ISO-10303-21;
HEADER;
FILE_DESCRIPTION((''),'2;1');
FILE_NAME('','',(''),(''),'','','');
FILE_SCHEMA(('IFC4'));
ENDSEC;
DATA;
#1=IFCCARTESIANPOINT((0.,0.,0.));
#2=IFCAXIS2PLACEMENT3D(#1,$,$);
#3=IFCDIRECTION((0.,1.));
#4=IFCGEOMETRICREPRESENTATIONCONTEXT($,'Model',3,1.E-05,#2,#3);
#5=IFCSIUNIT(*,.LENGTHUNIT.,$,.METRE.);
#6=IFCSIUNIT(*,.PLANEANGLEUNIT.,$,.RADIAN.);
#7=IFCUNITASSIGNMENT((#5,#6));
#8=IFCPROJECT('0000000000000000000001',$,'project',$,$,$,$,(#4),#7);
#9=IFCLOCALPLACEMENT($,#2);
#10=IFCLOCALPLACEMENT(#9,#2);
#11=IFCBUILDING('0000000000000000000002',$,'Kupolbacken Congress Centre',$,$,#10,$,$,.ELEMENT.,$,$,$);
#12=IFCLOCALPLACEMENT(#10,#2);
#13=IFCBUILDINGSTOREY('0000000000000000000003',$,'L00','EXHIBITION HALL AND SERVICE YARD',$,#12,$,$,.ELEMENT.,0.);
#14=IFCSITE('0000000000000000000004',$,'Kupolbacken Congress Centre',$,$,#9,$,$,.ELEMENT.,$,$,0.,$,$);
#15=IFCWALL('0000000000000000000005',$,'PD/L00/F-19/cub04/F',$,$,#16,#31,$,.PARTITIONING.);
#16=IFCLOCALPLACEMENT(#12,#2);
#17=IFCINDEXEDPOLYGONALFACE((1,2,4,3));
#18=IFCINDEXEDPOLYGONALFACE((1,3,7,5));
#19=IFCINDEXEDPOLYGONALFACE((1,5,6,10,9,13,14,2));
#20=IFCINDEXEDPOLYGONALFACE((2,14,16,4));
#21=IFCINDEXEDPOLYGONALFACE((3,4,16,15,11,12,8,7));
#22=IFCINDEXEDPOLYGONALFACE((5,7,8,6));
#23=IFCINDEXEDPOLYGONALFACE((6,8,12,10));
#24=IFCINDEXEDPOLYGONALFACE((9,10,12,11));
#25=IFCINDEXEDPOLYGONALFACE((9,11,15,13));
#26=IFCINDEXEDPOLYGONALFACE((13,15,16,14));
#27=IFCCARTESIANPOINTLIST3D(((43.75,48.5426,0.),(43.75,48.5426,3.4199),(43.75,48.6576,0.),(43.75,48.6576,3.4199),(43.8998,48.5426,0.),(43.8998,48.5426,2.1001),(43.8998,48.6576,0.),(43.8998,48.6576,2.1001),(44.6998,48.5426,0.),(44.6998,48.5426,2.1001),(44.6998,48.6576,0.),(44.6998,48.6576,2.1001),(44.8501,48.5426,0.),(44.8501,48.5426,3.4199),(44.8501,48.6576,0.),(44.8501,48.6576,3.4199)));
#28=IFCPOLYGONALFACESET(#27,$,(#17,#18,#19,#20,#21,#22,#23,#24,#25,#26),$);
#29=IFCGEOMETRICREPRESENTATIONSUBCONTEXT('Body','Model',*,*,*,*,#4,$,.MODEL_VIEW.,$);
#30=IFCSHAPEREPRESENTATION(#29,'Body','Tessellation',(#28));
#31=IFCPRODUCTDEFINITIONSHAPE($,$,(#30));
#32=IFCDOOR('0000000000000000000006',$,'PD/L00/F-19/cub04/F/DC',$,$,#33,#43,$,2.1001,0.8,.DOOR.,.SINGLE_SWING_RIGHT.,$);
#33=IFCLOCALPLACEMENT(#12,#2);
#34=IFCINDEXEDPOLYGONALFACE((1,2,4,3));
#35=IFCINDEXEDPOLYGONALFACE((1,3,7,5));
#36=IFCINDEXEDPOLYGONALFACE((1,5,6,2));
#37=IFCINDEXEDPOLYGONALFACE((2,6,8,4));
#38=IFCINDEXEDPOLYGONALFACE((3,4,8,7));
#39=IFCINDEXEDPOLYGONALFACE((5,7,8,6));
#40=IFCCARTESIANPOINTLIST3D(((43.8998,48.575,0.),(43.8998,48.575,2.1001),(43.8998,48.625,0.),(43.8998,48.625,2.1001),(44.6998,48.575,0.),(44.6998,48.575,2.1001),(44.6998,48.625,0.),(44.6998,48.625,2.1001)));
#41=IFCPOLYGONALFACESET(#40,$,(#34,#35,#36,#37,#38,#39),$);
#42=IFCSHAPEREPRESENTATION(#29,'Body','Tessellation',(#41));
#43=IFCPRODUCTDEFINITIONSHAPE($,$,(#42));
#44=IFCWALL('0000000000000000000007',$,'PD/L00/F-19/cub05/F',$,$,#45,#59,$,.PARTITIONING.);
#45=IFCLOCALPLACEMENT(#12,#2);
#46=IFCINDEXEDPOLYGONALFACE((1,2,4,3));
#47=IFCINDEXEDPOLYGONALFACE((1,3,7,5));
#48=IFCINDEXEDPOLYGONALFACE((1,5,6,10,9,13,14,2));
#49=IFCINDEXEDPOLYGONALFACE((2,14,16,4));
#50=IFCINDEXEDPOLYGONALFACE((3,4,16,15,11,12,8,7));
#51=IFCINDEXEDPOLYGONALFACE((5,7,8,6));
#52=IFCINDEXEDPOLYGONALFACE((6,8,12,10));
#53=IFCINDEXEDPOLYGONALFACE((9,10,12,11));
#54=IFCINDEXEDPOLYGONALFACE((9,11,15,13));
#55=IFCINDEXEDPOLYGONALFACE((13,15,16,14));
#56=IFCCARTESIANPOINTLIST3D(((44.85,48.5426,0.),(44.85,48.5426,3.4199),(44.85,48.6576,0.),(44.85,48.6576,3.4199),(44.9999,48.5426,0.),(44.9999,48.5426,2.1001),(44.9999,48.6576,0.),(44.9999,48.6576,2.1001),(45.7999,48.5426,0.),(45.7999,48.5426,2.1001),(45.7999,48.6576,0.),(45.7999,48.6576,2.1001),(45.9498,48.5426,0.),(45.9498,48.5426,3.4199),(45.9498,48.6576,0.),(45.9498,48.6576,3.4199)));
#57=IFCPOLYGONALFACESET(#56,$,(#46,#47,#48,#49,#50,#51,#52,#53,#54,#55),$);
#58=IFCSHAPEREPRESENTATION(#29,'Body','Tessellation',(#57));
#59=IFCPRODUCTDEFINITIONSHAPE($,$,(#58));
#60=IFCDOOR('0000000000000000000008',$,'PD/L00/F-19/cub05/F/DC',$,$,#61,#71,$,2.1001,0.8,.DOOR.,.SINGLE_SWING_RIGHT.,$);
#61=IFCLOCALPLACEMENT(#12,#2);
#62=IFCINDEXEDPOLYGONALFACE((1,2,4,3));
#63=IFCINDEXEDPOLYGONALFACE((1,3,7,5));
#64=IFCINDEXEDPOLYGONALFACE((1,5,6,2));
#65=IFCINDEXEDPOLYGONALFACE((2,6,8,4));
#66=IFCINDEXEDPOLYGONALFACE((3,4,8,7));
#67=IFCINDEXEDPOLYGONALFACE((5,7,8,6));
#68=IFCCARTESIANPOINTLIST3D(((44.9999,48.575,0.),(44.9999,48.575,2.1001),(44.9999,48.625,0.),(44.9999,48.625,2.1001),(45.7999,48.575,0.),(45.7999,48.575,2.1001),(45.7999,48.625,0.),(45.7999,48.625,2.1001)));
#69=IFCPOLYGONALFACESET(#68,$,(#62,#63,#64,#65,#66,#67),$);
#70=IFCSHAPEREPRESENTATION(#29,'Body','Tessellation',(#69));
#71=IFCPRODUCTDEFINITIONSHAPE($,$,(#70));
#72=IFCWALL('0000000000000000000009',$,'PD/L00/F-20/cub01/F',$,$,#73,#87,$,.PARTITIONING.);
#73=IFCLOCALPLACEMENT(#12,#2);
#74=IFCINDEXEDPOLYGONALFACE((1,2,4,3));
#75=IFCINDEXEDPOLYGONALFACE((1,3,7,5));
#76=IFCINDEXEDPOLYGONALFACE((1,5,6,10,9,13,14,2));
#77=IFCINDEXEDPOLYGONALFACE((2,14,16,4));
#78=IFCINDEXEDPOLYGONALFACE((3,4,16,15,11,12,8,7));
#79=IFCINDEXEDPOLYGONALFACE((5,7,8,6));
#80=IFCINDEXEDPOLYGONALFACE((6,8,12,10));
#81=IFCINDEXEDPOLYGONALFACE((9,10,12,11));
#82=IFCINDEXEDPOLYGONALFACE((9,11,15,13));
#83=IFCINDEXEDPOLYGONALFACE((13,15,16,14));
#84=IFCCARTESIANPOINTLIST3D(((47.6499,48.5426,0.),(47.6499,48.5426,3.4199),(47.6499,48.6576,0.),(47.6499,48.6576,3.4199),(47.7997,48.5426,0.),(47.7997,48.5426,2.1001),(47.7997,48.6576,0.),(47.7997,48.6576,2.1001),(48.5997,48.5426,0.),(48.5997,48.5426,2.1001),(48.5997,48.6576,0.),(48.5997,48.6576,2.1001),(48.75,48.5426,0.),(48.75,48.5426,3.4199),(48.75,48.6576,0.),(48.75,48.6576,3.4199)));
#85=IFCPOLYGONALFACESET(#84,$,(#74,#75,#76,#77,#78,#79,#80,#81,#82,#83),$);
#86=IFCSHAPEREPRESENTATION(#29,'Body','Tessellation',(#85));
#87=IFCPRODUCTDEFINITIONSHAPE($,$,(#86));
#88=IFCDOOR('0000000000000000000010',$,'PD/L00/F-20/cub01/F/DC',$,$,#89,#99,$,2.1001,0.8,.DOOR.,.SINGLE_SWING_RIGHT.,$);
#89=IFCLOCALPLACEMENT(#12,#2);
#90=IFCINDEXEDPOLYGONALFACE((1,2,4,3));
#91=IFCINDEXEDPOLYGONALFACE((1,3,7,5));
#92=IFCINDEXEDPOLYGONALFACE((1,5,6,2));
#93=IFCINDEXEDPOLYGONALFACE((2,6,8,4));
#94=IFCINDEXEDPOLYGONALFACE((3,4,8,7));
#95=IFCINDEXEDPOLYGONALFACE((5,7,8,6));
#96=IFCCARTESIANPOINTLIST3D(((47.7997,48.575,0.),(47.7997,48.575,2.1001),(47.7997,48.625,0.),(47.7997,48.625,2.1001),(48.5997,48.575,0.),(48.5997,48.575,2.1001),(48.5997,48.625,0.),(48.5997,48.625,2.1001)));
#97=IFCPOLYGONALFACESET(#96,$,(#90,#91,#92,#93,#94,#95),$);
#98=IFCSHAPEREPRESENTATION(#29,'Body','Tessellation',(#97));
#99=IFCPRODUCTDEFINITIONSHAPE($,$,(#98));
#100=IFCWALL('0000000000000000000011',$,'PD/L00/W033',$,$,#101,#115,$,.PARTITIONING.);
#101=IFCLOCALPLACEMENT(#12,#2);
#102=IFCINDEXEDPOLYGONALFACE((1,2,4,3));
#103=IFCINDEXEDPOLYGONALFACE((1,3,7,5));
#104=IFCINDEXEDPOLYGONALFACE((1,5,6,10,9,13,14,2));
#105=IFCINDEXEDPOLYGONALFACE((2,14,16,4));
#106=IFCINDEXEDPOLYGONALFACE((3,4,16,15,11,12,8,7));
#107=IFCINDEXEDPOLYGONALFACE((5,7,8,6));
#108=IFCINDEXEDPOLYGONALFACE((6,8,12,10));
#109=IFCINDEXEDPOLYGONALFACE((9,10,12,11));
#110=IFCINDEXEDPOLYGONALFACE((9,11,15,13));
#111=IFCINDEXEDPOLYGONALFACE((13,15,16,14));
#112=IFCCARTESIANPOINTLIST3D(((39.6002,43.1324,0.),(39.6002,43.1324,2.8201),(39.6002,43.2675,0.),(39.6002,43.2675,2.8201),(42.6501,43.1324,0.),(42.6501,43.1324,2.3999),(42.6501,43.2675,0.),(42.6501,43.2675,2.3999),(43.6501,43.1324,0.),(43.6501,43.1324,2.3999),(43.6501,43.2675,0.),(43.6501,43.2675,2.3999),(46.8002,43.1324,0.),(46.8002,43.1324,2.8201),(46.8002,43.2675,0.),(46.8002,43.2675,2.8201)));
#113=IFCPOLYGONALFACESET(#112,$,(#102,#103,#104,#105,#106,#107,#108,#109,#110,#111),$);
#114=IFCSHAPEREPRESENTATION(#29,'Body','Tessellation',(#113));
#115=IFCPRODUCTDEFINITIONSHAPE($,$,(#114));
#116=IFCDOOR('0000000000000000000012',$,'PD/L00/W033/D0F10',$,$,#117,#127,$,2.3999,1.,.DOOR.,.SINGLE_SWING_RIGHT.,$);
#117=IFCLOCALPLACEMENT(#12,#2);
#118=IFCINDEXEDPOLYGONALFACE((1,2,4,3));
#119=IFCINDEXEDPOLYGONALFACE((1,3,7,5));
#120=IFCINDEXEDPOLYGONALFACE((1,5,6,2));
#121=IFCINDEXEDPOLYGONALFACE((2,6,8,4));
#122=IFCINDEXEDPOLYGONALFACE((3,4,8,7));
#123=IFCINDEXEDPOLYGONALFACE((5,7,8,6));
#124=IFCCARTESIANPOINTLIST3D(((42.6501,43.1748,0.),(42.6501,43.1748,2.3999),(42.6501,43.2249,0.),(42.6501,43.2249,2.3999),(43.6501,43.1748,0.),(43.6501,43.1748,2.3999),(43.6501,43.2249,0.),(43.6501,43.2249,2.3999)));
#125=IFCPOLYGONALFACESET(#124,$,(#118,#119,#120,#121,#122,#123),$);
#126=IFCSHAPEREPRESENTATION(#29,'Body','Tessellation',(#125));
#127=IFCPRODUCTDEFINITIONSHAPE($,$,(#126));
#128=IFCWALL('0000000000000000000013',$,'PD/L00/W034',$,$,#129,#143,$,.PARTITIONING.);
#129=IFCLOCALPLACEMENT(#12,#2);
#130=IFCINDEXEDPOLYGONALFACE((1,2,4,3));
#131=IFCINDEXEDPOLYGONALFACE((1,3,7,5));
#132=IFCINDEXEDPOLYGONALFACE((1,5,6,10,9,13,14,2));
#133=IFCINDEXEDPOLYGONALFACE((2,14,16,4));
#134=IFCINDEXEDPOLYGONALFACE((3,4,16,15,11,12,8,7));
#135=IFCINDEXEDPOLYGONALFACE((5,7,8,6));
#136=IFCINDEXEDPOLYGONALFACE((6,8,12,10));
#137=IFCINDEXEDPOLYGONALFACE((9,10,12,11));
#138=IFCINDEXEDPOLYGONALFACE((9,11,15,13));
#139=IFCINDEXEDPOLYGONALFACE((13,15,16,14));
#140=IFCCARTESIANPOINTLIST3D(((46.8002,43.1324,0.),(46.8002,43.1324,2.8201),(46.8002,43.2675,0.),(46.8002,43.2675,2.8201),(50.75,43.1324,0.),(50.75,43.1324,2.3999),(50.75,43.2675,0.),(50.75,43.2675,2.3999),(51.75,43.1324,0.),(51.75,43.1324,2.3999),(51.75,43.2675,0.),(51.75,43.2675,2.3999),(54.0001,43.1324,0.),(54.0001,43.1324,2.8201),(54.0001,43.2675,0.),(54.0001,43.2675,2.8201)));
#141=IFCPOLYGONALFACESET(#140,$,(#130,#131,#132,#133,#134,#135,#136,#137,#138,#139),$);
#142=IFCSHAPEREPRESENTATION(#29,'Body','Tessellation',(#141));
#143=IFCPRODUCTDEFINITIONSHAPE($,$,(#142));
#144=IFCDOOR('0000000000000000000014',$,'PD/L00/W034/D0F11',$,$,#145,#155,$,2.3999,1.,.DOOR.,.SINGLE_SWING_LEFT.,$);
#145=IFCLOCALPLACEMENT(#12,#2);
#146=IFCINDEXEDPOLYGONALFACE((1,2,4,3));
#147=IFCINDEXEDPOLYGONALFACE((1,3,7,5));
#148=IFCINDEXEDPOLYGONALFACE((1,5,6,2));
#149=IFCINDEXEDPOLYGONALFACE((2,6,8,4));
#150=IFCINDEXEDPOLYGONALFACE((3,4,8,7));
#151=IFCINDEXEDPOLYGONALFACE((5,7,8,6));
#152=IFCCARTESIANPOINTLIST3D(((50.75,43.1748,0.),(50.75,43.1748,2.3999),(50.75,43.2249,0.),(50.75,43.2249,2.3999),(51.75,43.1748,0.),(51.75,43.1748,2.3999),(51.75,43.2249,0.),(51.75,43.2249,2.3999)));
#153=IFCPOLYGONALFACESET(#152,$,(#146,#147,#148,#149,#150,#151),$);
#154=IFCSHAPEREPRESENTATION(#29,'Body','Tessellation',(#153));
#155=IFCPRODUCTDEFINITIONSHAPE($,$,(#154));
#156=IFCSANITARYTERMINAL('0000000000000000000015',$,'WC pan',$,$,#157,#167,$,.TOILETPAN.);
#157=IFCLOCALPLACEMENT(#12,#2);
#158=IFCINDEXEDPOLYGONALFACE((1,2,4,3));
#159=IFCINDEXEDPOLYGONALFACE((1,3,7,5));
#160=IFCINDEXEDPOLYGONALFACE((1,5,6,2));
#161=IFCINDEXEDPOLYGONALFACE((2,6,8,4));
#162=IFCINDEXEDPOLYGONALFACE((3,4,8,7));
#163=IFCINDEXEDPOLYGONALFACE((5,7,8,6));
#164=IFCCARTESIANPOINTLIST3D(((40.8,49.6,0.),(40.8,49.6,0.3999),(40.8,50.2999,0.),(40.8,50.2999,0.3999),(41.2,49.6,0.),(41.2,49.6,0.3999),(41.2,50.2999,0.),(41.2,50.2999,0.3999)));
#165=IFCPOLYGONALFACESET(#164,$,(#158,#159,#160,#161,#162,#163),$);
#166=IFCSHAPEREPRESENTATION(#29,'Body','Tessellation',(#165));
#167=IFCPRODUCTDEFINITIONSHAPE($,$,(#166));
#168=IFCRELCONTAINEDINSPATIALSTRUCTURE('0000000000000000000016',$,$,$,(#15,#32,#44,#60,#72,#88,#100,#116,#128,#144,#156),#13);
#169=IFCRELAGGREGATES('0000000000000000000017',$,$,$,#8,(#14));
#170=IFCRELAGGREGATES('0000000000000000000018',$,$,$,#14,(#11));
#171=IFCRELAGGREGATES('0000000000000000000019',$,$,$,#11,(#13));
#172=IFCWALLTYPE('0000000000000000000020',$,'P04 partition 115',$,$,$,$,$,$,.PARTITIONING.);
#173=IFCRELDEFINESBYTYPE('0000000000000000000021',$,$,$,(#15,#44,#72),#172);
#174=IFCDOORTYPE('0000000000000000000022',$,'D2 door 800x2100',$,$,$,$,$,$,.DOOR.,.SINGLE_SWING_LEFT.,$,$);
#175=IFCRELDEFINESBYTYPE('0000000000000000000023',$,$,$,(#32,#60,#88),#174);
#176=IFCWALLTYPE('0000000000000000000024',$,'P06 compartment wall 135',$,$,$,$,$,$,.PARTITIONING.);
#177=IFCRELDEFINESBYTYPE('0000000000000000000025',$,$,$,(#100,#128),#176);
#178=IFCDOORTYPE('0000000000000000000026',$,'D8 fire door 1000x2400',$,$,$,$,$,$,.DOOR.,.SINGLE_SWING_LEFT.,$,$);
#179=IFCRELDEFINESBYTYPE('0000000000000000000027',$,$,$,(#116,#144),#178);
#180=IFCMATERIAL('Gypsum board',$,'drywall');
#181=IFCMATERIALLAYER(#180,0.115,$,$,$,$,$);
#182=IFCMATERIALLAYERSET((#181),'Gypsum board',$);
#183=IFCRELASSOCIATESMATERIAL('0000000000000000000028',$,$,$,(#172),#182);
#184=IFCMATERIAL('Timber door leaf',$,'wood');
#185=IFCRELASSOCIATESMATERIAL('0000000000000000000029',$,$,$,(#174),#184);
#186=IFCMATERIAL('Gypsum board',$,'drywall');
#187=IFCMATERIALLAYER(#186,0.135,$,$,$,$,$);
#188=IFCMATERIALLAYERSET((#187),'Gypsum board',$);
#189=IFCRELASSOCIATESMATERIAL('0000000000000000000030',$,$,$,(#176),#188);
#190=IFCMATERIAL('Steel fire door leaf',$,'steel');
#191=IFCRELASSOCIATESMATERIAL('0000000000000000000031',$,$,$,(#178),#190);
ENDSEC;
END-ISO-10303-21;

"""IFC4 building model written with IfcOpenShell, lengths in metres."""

from ifc_helpers import new_model, si_unit, direction, frame, frame_2d, origin, origin_2d, place, context, subcontext, project, spatial, rectangle, extrude, material, layer, layer_set, type_object, element, fill, save


model = new_model("IFC4")

# Units and contexts
model_context = context("Model", 3, precision=1e-05, world=origin(), true_north=direction((0.0, 1.0)))
body_context = subcontext(model_context, "Body", "Model", "MODEL_VIEW")
ifc_project = project(units=[si_unit("LENGTHUNIT", "METRE"), si_unit("PLANEANGLEUNIT", "RADIAN")], contexts=[model_context])

# Site, building, storey
site_placement = place(None, origin())
site = spatial("IfcSite", under=ifc_project, at=site_placement, Name="Kupolbacken Congress Centre", CompositionType="ELEMENT", RefElevation=0.0)
building_placement = place(site_placement, origin())
building = spatial("IfcBuilding", under=site, at=building_placement, Name="Kupolbacken Congress Centre", CompositionType="ELEMENT")
storey_placement = place(building_placement, origin())
storey = spatial("IfcBuildingStorey", under=building, at=storey_placement, Name="L00", Description="EXHIBITION HALL AND SERVICE YARD", CompositionType="ELEMENT", Elevation=0.0)

# Walls, openings, doors
ifc_material_1 = material(Name="Gypsum board", Category="drywall")
ifc_layer_1 = layer(ifc_material_1, 0.115)
ifc_layer_set_1 = layer_set([ifc_layer_1], Name="Gypsum board")
wall_type_1 = type_object("IfcWallType", Name="P04 partition 115", PredefinedType="PARTITIONING", material=ifc_layer_set_1)
ifc_material_2 = material(Name="Timber door leaf", Category="wood")
door_type_1 = type_object("IfcDoorType", Name="D2 door 800x2100", OperationType="SINGLE_SWING_LEFT", PredefinedType="DOOR", material=ifc_material_2)
wall_1_placement = place(storey_placement, frame((43.75, 48.6001, 0.0), z_axis=(0.0, 0.0, 1.0), x_axis=(1.0, 0.0, 0.0)))
wall_1 = element("IfcWall", 1, at=wall_1_placement, inside=storey, type_object=wall_type_1, Name="PD/L00/F-19/cub04/F", PredefinedType="PARTITIONING", context=body_context, shape_type="SweptSolid", body=[
    extrude(rectangle(XDim=1.1001, YDim=0.115, at=frame_2d((0.55, 0.0))), origin(), (0.0, 0.0, 1.0), 3.4199),
])
opening_1_placement = place(wall_1_placement, frame((0.1499, 0.0, 0.0)))
opening_1 = element("IfcOpeningElement", 2, at=opening_1_placement, cuts=wall_1, PredefinedType="OPENING", context=body_context, shape_type="SweptSolid", body=[
    extrude(rectangle(XDim=0.8, YDim=2.1001, at=frame_2d((0.3999, 1.05))), frame((0.0, 0.0674, 0.0), z_axis=(0.0, -1.0, 0.0), x_axis=(1.0, 0.0, 0.0)), (0.0, 0.0, 1.0), 0.135),
])
door_1_placement = place(opening_1_placement, origin())
door_1 = element("IfcDoor", 3, at=door_1_placement, inside=storey, type_object=door_type_1, Name="PD/L00/F-19/cub04/F/DC", OperationType="SINGLE_SWING_RIGHT", OverallHeight=2.1001, OverallWidth=0.8, PredefinedType="DOOR", context=body_context, shape_type="SweptSolid", body=[
    extrude(rectangle(XDim=0.8, YDim=2.1001, at=frame_2d((0.3999, 1.05))), frame((0.0, 0.0249, 0.0), z_axis=(0.0, -1.0, 0.0), x_axis=(1.0, 0.0, 0.0)), (0.0, 0.0, 1.0), 0.05),
])
fill(opening_1, door_1)
wall_2_placement = place(storey_placement, frame((44.8501, 48.6001, 0.0), z_axis=(0.0, 0.0, 1.0), x_axis=(1.0, 0.0, 0.0)))
wall_2 = element("IfcWall", 4, at=wall_2_placement, inside=storey, type_object=wall_type_1, Name="PD/L00/F-19/cub05/F", PredefinedType="PARTITIONING", context=body_context, shape_type="SweptSolid", body=[
    extrude(rectangle(XDim=1.0999, YDim=0.115, at=frame_2d((0.5498, 0.0))), origin(), (0.0, 0.0, 1.0), 3.4199),
])
opening_2_placement = place(wall_2_placement, frame((0.1499, 0.0, 0.0)))
opening_2 = element("IfcOpeningElement", 5, at=opening_2_placement, cuts=wall_2, PredefinedType="OPENING", context=body_context, shape_type="SweptSolid", body=[
    extrude(rectangle(XDim=0.8, YDim=2.1001, at=frame_2d((0.3999, 1.05))), frame((0.0, 0.0674, 0.0), z_axis=(0.0, -1.0, 0.0), x_axis=(1.0, 0.0, 0.0)), (0.0, 0.0, 1.0), 0.135),
])
door_2_placement = place(opening_2_placement, origin())
door_2 = element("IfcDoor", 6, at=door_2_placement, inside=storey, type_object=door_type_1, Name="PD/L00/F-19/cub05/F/DC", OperationType="SINGLE_SWING_RIGHT", OverallHeight=2.1001, OverallWidth=0.8, PredefinedType="DOOR", context=body_context, shape_type="SweptSolid", body=[
    extrude(rectangle(XDim=0.8, YDim=2.1001, at=frame_2d((0.3999, 1.05))), frame((0.0, 0.0249, 0.0), z_axis=(0.0, -1.0, 0.0), x_axis=(1.0, 0.0, 0.0)), (0.0, 0.0, 1.0), 0.05),
])
fill(opening_2, door_2)
wall_3_placement = place(storey_placement, frame((47.6499, 48.6001, 0.0), z_axis=(0.0, 0.0, 1.0), x_axis=(1.0, 0.0, 0.0)))
wall_3 = element("IfcWall", 7, at=wall_3_placement, inside=storey, type_object=wall_type_1, Name="PD/L00/F-20/cub01/F", PredefinedType="PARTITIONING", context=body_context, shape_type="SweptSolid", body=[
    extrude(rectangle(XDim=1.1001, YDim=0.115, at=frame_2d((0.55, 0.0))), origin(), (0.0, 0.0, 1.0), 3.4199),
])
opening_3_placement = place(wall_3_placement, frame((0.1499, 0.0, 0.0)))
opening_3 = element("IfcOpeningElement", 8, at=opening_3_placement, cuts=wall_3, PredefinedType="OPENING", context=body_context, shape_type="SweptSolid", body=[
    extrude(rectangle(XDim=0.8, YDim=2.1001, at=frame_2d((0.3999, 1.05))), frame((0.0, 0.0674, 0.0), z_axis=(0.0, -1.0, 0.0), x_axis=(1.0, 0.0, 0.0)), (0.0, 0.0, 1.0), 0.135),
])
door_3_placement = place(opening_3_placement, origin())
door_3 = element("IfcDoor", 9, at=door_3_placement, inside=storey, type_object=door_type_1, Name="PD/L00/F-20/cub01/F/DC", OperationType="SINGLE_SWING_RIGHT", OverallHeight=2.1001, OverallWidth=0.8, PredefinedType="DOOR", context=body_context, shape_type="SweptSolid", body=[
    extrude(rectangle(XDim=0.8, YDim=2.1001, at=frame_2d((0.3999, 1.05))), frame((0.0, 0.0249, 0.0), z_axis=(0.0, -1.0, 0.0), x_axis=(1.0, 0.0, 0.0)), (0.0, 0.0, 1.0), 0.05),
])
fill(opening_3, door_3)
ifc_material_3 = material(Name="Gypsum board", Category="drywall")
ifc_layer_2 = layer(ifc_material_3, 0.135)
ifc_layer_set_2 = layer_set([ifc_layer_2], Name="Gypsum board")
wall_type_2 = type_object("IfcWallType", Name="P06 compartment wall 135", PredefinedType="PARTITIONING", material=ifc_layer_set_2)
wall_4_placement = place(storey_placement, frame((39.6001, 43.2, 0.0), z_axis=(0.0, 0.0, 1.0), x_axis=(1.0, 0.0, 0.0)))
wall_4 = element("IfcWall", 10, at=wall_4_placement, inside=storey, type_object=wall_type_2, Name="PD/L00/W033", PredefinedType="PARTITIONING", context=body_context, shape_type="SweptSolid", body=[
    extrude(rectangle(XDim=7.2, YDim=0.135, at=frame_2d((3.6001, 0.0))), origin(), (0.0, 0.0, 1.0), 2.8201),
])
opening_4_placement = place(wall_4_placement, frame((3.05, 0.0, 0.0)))
opening_4 = element("IfcOpeningElement", 11, at=opening_4_placement, cuts=wall_4, PredefinedType="OPENING", context=body_context, shape_type="SweptSolid", body=[
    extrude(rectangle(XDim=1.0, YDim=2.3999, at=frame_2d((0.5, 1.2))), frame((0.0, 0.0774, 0.0), z_axis=(0.0, -1.0, 0.0), x_axis=(1.0, 0.0, 0.0)), (0.0, 0.0, 1.0), 0.155),
])
ifc_material_4 = material(Name="Steel fire door leaf", Category="steel")
door_type_2 = type_object("IfcDoorType", Name="D8 fire door 1000x2400", OperationType="SINGLE_SWING_LEFT", PredefinedType="DOOR", material=ifc_material_4)
door_4_placement = place(opening_4_placement, origin())
door_4 = element("IfcDoor", 12, at=door_4_placement, inside=storey, type_object=door_type_2, Name="PD/L00/W033/D0F10", OperationType="SINGLE_SWING_RIGHT", OverallHeight=2.3999, OverallWidth=1.0, PredefinedType="DOOR", context=body_context, shape_type="SweptSolid", body=[
    extrude(rectangle(XDim=1.0, YDim=2.3999, at=frame_2d((0.5, 1.2))), frame((0.0, 0.0249, 0.0), z_axis=(0.0, -1.0, 0.0), x_axis=(1.0, 0.0, 0.0)), (0.0, 0.0, 1.0), 0.05),
])
fill(opening_4, door_4)
wall_5_placement = place(storey_placement, frame((46.8, 43.2, 0.0), z_axis=(0.0, 0.0, 1.0), x_axis=(1.0, 0.0, 0.0)))
wall_5 = element("IfcWall", 13, at=wall_5_placement, inside=storey, type_object=wall_type_2, Name="PD/L00/W034", PredefinedType="PARTITIONING", context=body_context, shape_type="SweptSolid", body=[
    extrude(rectangle(XDim=7.2, YDim=0.135, at=frame_2d((3.6001, 0.0))), origin(), (0.0, 0.0, 1.0), 2.8201),
])
opening_5_placement = place(wall_5_placement, frame((3.95, 0.0, 0.0)))
opening_5 = element("IfcOpeningElement", 14, at=opening_5_placement, cuts=wall_5, PredefinedType="OPENING", context=body_context, shape_type="SweptSolid", body=[
    extrude(rectangle(XDim=1.0, YDim=2.3999, at=frame_2d((0.5, 1.2))), frame((0.0, 0.0774, 0.0), z_axis=(0.0, -1.0, 0.0), x_axis=(1.0, 0.0, 0.0)), (0.0, 0.0, 1.0), 0.155),
])
door_5_placement = place(opening_5_placement, origin())
door_5 = element("IfcDoor", 15, at=door_5_placement, inside=storey, type_object=door_type_2, Name="PD/L00/W034/D0F11", OperationType="SINGLE_SWING_LEFT", OverallHeight=2.3999, OverallWidth=1.0, PredefinedType="DOOR", context=body_context, shape_type="SweptSolid", body=[
    extrude(rectangle(XDim=1.0, YDim=2.3999, at=frame_2d((0.5, 1.2))), frame((0.0, 0.0249, 0.0), z_axis=(0.0, -1.0, 0.0), x_axis=(1.0, 0.0, 0.0)), (0.0, 0.0, 1.0), 0.05),
])
fill(opening_5, door_5)

# Sanitary terminal
sanitary_terminal_1_placement = place(storey_placement, frame((41.0, 49.95, 0.0), z_axis=(0.0, 0.0, 1.0), x_axis=(1.0, 0.0, 0.0)))
element("IfcSanitaryTerminal", 16, at=sanitary_terminal_1_placement, inside=storey, Name="WC pan", PredefinedType="TOILETPAN", context=body_context, shape_type="SweptSolid", body=[
    extrude(rectangle(XDim=0.3999, YDim=0.7, at=origin_2d()), origin(), (0.0, 0.0, 1.0), 0.3999),
])

save(model, "model.ifc")
